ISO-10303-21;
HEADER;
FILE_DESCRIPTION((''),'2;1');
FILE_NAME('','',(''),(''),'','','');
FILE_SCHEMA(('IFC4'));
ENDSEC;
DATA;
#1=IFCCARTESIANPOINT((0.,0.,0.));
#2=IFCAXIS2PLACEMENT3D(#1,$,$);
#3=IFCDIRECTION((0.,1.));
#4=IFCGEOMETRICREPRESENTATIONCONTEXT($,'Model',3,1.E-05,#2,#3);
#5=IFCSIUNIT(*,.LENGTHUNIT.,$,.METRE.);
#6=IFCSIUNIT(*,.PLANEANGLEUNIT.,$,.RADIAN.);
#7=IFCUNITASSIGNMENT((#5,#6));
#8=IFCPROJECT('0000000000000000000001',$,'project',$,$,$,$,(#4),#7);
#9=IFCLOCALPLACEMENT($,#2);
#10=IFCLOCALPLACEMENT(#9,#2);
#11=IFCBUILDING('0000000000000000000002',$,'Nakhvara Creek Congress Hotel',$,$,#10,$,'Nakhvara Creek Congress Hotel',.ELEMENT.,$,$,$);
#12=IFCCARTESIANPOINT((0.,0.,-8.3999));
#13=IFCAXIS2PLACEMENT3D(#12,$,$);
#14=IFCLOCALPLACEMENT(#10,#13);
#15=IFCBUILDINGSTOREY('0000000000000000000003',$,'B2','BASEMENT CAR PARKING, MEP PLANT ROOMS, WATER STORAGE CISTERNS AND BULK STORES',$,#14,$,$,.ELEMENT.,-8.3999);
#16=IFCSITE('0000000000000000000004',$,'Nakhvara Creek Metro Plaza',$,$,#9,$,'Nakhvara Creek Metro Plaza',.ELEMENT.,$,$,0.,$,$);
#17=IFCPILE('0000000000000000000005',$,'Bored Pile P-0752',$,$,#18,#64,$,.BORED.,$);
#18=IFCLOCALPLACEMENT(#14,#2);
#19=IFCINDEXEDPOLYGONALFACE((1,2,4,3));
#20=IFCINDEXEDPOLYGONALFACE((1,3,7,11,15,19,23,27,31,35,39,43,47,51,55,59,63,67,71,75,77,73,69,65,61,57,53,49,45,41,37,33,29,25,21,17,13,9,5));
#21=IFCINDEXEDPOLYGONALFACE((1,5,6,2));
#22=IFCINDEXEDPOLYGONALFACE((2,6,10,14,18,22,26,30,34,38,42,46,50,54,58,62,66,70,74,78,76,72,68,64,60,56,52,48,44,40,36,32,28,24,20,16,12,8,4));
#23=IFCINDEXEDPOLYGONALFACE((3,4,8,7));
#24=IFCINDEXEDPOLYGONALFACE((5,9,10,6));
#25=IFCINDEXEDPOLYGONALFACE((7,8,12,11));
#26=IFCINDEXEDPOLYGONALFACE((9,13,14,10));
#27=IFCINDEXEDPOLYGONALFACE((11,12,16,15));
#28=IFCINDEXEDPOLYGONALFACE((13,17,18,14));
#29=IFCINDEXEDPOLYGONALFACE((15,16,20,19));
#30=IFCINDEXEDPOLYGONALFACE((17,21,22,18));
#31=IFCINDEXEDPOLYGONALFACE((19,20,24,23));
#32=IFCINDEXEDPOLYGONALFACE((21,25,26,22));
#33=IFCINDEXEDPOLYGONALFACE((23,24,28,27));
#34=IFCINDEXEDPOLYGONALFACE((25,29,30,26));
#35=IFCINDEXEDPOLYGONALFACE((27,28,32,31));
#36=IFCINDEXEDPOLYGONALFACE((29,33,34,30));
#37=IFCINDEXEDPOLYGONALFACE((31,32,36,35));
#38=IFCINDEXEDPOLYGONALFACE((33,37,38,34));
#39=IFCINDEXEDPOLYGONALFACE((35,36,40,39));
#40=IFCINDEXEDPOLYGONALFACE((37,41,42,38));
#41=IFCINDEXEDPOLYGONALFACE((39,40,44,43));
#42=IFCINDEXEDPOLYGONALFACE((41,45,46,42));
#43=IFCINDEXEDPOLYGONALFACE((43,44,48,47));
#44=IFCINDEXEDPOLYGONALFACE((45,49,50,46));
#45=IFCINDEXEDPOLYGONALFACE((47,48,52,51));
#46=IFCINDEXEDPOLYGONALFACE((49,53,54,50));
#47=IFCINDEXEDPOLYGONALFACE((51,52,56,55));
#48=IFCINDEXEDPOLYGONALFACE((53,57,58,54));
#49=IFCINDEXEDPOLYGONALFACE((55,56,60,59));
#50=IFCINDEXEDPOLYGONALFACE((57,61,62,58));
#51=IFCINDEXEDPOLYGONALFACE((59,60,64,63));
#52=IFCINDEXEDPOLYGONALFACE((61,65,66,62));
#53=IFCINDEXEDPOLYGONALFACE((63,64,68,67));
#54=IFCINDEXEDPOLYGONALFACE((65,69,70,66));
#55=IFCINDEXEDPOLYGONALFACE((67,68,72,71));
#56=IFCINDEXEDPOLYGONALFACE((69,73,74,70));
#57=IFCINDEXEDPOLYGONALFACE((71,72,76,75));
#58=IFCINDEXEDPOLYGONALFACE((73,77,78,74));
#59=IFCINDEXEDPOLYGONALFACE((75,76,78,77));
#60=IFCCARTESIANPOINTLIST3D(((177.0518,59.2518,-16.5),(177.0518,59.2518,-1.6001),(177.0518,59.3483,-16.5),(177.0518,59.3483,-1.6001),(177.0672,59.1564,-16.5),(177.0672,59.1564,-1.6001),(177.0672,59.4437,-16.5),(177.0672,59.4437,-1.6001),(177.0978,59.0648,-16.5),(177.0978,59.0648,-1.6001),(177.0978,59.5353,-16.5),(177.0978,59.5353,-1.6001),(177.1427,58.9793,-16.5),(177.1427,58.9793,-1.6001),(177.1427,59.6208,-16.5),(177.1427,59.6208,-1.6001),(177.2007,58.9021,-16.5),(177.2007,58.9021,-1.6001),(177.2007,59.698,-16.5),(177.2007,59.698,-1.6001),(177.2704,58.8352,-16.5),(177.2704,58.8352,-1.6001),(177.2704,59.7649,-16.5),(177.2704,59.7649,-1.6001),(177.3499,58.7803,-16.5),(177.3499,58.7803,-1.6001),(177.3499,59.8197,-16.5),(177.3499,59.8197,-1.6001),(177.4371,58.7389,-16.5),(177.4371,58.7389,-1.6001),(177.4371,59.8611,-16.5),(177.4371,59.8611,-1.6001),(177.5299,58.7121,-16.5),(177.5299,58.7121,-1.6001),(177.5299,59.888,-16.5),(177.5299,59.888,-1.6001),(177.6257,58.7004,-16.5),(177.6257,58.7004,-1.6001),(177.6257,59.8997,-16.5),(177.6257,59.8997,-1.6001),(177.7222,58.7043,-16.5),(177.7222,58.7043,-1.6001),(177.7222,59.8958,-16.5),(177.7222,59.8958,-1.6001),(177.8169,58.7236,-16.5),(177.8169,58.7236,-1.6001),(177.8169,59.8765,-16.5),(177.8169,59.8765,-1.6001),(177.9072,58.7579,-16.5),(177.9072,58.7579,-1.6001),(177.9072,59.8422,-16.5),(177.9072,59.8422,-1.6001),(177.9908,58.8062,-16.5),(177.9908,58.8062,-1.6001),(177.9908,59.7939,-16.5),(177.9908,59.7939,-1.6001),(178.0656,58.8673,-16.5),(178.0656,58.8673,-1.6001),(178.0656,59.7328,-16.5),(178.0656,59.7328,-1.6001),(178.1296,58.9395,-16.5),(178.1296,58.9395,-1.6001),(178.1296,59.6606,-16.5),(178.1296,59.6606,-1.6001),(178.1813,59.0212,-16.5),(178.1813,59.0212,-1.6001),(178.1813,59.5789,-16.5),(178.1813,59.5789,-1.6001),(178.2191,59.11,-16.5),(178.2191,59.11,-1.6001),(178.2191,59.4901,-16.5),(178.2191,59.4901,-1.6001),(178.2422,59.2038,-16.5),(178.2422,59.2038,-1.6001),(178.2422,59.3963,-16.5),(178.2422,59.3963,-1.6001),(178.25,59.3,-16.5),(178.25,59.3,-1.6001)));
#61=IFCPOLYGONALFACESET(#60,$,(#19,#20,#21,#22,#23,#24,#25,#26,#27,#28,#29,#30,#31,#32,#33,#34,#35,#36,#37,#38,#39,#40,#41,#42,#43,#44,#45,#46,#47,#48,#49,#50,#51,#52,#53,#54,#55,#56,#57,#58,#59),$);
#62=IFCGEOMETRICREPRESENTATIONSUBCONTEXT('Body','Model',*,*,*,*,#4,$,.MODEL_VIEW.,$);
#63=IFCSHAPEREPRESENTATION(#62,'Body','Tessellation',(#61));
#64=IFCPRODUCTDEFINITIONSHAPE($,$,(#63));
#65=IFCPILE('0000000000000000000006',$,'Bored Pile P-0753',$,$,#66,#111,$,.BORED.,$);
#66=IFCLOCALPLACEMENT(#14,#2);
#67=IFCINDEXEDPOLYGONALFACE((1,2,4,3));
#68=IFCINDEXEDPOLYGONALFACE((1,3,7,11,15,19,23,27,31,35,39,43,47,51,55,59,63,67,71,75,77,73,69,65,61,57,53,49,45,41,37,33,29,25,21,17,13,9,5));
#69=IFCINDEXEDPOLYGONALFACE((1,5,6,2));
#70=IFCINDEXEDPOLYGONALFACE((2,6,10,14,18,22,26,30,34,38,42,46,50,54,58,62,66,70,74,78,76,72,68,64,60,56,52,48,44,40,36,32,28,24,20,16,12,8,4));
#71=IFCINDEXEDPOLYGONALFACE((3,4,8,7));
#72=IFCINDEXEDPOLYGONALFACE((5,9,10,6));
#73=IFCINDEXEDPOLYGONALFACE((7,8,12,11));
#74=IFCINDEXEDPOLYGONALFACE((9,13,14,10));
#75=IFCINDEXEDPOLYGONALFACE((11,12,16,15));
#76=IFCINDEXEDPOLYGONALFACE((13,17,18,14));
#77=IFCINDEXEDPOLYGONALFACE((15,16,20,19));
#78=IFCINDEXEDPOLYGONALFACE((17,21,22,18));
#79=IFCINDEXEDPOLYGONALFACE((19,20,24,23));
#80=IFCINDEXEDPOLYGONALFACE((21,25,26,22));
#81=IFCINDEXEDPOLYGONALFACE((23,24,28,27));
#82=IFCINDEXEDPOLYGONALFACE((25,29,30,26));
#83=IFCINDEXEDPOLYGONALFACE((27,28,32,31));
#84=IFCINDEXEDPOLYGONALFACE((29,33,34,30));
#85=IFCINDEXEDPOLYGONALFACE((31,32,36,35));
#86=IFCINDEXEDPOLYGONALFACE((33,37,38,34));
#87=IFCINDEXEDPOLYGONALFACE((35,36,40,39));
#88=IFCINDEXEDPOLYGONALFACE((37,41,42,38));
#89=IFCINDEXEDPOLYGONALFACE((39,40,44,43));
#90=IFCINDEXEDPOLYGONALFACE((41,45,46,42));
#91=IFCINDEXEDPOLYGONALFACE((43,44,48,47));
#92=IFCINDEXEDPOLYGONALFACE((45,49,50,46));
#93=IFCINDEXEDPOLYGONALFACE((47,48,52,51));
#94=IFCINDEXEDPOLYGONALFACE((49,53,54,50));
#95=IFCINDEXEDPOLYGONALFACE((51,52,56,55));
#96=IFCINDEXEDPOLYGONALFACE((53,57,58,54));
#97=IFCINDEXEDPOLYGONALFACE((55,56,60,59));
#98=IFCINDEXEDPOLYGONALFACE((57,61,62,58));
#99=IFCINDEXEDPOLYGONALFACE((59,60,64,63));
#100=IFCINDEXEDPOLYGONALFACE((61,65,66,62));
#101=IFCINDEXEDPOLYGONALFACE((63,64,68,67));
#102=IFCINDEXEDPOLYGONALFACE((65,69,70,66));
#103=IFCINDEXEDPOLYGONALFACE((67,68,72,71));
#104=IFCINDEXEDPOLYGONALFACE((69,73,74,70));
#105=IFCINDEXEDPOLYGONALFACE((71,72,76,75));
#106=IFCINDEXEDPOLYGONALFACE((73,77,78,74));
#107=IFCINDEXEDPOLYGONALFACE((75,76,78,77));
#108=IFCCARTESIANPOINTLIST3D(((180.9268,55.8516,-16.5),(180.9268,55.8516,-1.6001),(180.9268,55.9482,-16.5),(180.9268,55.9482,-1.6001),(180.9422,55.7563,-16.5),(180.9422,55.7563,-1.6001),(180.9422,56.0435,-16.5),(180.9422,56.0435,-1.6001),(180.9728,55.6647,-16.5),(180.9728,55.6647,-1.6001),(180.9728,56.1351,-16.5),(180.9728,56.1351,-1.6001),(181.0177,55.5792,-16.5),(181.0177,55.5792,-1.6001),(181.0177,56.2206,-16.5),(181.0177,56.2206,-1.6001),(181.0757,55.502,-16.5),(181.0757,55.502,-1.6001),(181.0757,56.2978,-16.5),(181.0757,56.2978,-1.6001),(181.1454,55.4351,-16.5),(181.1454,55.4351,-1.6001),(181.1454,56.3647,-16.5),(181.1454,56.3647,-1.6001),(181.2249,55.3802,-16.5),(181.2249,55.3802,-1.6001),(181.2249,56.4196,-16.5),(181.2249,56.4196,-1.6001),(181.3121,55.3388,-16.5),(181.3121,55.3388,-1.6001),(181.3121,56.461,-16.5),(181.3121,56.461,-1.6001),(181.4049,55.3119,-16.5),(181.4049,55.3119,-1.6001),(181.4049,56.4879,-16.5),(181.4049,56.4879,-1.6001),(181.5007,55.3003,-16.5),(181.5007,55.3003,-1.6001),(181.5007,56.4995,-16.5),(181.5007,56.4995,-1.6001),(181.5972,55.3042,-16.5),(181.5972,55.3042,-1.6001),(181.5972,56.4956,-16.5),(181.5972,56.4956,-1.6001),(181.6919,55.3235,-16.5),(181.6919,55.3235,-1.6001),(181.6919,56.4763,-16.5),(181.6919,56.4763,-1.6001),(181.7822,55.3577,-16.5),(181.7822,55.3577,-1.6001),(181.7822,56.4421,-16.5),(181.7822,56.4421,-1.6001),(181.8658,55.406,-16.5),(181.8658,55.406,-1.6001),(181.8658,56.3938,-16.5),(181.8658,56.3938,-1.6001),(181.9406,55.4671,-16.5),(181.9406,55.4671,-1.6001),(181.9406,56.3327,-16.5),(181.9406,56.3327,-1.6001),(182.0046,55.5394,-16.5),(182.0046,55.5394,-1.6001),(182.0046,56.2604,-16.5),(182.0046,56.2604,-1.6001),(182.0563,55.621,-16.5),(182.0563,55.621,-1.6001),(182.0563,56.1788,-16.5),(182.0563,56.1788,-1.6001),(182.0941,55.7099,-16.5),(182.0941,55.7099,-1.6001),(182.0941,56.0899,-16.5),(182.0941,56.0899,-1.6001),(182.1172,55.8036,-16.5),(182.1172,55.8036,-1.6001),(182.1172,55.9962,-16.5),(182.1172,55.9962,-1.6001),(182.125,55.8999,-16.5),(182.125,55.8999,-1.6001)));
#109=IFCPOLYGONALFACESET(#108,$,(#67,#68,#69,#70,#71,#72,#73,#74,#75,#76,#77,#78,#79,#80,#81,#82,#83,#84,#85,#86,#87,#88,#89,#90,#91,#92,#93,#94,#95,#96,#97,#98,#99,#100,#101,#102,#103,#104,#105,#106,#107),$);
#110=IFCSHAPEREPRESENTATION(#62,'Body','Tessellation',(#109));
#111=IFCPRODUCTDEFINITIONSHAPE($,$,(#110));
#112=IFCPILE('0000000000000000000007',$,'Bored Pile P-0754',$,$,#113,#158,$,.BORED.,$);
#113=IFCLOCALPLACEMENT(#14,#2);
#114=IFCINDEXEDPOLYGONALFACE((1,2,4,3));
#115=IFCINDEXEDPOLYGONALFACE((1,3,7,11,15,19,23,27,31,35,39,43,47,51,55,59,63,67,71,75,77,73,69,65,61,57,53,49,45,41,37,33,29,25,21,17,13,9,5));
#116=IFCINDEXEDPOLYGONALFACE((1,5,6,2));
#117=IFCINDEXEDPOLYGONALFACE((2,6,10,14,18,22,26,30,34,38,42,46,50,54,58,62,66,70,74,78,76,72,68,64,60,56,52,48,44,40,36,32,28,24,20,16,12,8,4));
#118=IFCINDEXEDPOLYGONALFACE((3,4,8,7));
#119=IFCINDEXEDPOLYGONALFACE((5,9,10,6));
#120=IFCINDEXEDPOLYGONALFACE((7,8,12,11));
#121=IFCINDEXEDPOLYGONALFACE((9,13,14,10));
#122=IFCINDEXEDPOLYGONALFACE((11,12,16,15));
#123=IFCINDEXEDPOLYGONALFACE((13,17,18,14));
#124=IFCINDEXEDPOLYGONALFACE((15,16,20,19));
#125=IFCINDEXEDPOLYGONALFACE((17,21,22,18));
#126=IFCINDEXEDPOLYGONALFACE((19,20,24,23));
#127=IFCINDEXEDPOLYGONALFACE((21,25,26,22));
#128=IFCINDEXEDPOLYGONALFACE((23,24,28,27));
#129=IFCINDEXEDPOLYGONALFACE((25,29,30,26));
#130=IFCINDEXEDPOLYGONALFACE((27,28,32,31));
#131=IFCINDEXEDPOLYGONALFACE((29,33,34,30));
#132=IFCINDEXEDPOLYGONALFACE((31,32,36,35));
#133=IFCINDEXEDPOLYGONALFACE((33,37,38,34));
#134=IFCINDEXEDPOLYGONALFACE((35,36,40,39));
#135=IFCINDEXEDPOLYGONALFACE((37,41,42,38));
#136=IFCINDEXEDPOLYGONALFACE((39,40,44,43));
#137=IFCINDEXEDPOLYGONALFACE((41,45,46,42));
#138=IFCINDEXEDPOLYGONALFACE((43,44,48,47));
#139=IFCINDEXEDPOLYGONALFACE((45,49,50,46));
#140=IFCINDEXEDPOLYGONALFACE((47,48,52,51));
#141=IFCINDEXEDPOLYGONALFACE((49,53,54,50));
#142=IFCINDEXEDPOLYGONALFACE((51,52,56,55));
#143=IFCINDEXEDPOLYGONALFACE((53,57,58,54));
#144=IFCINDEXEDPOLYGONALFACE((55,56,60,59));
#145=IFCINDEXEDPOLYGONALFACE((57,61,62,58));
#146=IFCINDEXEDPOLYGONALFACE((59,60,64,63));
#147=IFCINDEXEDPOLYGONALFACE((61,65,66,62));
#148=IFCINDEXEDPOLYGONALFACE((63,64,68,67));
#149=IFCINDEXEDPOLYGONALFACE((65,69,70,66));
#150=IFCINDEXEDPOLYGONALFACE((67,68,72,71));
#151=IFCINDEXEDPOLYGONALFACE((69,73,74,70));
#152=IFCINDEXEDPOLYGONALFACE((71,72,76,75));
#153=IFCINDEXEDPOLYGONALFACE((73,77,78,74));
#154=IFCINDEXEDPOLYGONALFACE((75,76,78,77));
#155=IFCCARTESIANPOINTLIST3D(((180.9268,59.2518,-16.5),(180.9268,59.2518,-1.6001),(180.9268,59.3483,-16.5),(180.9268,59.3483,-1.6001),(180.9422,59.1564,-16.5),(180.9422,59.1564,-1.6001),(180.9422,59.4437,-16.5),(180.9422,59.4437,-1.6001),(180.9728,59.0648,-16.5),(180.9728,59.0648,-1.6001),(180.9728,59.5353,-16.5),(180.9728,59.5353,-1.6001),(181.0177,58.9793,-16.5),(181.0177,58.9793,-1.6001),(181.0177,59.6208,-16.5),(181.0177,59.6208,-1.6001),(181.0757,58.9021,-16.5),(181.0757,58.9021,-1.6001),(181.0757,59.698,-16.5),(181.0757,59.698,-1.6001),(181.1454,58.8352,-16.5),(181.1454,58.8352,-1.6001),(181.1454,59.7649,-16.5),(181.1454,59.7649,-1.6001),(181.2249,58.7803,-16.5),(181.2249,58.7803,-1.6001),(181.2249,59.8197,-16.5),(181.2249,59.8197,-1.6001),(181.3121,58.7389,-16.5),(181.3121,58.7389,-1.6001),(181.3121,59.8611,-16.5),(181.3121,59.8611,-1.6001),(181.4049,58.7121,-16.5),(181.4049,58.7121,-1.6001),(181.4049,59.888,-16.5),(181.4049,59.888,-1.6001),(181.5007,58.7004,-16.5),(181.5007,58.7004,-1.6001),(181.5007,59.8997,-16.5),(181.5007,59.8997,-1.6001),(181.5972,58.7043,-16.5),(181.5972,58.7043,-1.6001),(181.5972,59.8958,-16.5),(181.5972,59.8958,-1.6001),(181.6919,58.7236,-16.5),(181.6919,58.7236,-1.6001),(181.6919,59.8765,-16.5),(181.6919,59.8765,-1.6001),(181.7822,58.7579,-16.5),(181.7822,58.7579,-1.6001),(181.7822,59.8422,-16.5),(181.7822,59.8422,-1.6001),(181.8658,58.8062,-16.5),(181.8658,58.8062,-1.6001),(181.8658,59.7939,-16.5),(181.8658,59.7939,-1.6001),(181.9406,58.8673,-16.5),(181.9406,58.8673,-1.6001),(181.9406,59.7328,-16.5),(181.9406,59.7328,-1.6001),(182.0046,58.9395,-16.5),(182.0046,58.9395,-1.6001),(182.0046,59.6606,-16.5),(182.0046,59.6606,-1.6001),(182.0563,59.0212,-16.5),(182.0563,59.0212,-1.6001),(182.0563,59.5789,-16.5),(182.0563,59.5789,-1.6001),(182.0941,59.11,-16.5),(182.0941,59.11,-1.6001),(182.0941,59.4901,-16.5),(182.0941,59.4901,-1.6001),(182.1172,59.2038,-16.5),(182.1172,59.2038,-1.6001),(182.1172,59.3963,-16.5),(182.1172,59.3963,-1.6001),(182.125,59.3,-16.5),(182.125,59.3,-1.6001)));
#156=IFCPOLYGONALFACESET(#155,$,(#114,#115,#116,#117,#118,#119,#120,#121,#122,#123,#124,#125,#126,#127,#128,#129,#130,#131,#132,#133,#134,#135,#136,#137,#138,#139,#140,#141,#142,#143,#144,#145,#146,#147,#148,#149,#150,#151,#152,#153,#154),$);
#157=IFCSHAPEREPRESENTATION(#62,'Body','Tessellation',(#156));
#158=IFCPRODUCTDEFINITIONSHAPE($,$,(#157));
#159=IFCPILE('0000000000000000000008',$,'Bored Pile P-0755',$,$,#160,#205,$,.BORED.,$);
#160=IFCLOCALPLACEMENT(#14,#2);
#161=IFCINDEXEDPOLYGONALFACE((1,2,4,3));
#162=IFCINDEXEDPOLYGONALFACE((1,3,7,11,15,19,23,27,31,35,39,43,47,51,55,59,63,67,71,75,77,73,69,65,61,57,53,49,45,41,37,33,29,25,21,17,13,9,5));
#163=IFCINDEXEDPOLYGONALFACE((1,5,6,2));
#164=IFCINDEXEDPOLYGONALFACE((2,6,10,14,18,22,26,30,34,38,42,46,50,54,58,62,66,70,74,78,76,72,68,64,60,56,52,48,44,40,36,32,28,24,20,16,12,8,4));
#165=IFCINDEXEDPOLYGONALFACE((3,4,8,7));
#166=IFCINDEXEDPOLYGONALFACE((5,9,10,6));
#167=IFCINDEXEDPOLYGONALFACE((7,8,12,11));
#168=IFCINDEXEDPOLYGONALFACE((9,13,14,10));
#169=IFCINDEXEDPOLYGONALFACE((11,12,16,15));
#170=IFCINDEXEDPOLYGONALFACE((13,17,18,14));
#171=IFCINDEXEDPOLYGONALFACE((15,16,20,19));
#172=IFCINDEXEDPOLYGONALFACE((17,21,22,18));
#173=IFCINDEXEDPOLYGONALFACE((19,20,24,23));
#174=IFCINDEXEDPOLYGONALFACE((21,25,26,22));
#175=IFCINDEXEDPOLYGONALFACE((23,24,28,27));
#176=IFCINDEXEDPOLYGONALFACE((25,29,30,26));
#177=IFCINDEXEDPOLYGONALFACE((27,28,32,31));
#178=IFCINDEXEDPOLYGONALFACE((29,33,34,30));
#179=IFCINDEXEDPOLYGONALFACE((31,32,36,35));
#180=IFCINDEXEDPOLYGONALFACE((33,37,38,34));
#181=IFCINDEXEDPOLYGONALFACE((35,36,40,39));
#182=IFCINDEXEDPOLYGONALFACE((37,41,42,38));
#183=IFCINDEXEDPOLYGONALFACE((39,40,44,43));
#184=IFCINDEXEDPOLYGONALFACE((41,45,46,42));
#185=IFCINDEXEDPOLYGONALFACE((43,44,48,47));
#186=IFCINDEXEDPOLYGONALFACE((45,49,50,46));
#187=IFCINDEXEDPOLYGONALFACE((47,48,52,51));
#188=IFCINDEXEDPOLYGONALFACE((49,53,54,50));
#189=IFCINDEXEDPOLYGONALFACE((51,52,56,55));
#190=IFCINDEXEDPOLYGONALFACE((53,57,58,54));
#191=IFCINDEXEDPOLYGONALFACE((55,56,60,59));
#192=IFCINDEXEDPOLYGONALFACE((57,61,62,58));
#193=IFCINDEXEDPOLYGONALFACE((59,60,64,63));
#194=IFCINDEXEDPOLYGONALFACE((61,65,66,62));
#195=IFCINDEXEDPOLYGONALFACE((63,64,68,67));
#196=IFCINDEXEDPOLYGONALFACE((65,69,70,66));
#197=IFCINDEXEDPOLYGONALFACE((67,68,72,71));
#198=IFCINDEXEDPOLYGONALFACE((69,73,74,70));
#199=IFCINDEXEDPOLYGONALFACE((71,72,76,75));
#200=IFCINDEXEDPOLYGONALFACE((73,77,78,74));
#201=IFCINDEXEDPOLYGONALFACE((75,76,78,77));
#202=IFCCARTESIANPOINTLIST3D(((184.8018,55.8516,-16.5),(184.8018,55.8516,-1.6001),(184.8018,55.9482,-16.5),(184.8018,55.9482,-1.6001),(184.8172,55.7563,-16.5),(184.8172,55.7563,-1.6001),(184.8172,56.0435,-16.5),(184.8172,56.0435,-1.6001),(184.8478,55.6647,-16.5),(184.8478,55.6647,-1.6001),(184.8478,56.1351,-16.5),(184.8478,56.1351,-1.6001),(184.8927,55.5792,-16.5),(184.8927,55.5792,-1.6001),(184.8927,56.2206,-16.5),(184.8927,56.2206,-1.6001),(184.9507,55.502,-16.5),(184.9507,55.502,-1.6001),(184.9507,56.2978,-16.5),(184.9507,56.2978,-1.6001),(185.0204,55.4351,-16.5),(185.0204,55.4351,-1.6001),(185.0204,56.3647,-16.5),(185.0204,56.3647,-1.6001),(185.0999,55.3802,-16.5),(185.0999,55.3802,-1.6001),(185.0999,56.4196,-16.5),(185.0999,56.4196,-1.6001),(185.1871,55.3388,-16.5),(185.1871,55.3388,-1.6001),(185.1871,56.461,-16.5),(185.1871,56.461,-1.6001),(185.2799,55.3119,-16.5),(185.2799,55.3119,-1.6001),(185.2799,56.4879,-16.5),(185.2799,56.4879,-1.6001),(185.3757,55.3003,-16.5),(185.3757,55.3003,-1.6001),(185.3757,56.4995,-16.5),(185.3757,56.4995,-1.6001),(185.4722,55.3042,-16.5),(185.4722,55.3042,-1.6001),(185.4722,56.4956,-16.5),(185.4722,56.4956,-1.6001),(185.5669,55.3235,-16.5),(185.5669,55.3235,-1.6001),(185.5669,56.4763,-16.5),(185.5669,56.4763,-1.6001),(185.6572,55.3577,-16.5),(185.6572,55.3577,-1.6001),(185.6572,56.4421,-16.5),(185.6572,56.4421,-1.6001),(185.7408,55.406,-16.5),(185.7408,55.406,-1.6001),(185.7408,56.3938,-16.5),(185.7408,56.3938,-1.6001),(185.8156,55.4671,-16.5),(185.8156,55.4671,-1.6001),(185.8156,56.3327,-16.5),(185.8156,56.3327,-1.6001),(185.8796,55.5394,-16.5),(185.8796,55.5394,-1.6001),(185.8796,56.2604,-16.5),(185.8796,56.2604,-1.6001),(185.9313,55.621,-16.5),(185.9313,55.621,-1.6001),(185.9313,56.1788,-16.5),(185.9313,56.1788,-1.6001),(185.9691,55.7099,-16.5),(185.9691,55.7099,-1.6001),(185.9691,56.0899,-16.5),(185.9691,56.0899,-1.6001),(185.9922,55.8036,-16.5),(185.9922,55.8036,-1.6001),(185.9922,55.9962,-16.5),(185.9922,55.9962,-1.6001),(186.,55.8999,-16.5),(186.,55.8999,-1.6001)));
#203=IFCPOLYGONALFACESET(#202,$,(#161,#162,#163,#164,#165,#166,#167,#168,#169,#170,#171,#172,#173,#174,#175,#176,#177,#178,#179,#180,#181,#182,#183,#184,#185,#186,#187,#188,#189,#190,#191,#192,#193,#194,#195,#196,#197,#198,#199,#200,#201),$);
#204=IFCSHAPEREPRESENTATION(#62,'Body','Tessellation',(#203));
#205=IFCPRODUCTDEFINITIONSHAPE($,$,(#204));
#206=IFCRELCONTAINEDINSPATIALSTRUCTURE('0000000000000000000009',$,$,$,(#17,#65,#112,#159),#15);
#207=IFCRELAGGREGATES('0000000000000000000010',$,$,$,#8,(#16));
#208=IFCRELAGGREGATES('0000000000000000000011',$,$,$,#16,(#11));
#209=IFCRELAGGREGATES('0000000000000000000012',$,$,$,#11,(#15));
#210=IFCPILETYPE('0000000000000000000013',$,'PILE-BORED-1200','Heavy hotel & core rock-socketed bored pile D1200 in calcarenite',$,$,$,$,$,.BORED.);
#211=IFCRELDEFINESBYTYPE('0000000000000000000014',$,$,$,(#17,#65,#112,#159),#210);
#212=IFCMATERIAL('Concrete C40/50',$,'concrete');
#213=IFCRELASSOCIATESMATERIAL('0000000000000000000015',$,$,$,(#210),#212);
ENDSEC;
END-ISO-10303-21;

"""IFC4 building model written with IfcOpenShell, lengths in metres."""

from ifc_helpers import new_model, si_unit, direction, frame, origin, origin_2d, place, context, subcontext, project, spatial, circle, extrude, material, material_profile, profile_set, type_object, element, save


model = new_model("IFC4")

# Units and contexts
model_context = context("Model", 3, precision=1e-05, world=origin(), true_north=direction((0.0, 1.0)))
body_context = subcontext(model_context, "Body", "Model", "MODEL_VIEW")
ifc_project = project(units=[si_unit("LENGTHUNIT", "METRE"), si_unit("PLANEANGLEUNIT", "RADIAN")], contexts=[model_context])

# Site, building, storey
site_placement = place(None, origin())
site = spatial("IfcSite", under=ifc_project, at=site_placement, Name="Nakhvara Creek Metro Plaza", LongName="Nakhvara Creek Metro Plaza", CompositionType="ELEMENT", RefElevation=0.0)
building_placement = place(site_placement, origin())
building = spatial("IfcBuilding", under=site, at=building_placement, Name="Nakhvara Creek Congress Hotel", LongName="Nakhvara Creek Congress Hotel", CompositionType="ELEMENT")
storey_placement = place(building_placement, frame((0.0, 0.0, -8.3999)))
storey = spatial("IfcBuildingStorey", under=building, at=storey_placement, Name="B2", Description="BASEMENT CAR PARKING, MEP PLANT ROOMS, WATER STORAGE CISTERNS AND BULK STORES", CompositionType="ELEMENT", Elevation=-8.3999)

# Shared definitions
ifc_material_1 = material(Name="Concrete C40/50", Category="concrete")

# Piles
ifc_material_profile_1 = material_profile(ifc_material_1, circle(Radius=0.6001, at=origin_2d()), Name="BORED PILE D1200", Category="LoadBearing")
ifc_profile_set_1 = profile_set([ifc_material_profile_1], Name="Concrete C40/50")
pile_type = type_object("IfcPileType", Name="PILE-BORED-1200", Description="Heavy hotel & core rock-socketed bored pile D1200 in calcarenite", PredefinedType="BORED", material=ifc_profile_set_1)
for number, where, z_axis, x_axis, name in (
    (1, (177.6499, 59.3, -1.6001), (0.0, 0.0, -1.0), (1.0, 0.0, 0.0), "Bored Pile P-0752"),
    (2, (181.5249, 55.8999, -1.6001), (0.0, 0.0, -1.0), (1.0, 0.0, 0.0), "Bored Pile P-0753"),
    (3, (181.5249, 59.3, -1.6001), (0.0, 0.0, -1.0), (1.0, 0.0, 0.0), "Bored Pile P-0754"),
    (4, (185.3999, 55.8999, -1.6001), (0.0, 0.0, -1.0), (1.0, 0.0, 0.0), "Bored Pile P-0755"),
):
    element("IfcPile", number, at=place(storey_placement, frame(where, z_axis=z_axis, x_axis=x_axis)), inside=storey, type_object=pile_type, Name=name, PredefinedType="BORED", context=body_context, shape_type="SweptSolid", body=[
        extrude(circle(Radius=0.6001, at=origin_2d()), origin(), (0.0, 0.0, 1.0), 14.8999),
    ])

save(model, "model.ifc")
